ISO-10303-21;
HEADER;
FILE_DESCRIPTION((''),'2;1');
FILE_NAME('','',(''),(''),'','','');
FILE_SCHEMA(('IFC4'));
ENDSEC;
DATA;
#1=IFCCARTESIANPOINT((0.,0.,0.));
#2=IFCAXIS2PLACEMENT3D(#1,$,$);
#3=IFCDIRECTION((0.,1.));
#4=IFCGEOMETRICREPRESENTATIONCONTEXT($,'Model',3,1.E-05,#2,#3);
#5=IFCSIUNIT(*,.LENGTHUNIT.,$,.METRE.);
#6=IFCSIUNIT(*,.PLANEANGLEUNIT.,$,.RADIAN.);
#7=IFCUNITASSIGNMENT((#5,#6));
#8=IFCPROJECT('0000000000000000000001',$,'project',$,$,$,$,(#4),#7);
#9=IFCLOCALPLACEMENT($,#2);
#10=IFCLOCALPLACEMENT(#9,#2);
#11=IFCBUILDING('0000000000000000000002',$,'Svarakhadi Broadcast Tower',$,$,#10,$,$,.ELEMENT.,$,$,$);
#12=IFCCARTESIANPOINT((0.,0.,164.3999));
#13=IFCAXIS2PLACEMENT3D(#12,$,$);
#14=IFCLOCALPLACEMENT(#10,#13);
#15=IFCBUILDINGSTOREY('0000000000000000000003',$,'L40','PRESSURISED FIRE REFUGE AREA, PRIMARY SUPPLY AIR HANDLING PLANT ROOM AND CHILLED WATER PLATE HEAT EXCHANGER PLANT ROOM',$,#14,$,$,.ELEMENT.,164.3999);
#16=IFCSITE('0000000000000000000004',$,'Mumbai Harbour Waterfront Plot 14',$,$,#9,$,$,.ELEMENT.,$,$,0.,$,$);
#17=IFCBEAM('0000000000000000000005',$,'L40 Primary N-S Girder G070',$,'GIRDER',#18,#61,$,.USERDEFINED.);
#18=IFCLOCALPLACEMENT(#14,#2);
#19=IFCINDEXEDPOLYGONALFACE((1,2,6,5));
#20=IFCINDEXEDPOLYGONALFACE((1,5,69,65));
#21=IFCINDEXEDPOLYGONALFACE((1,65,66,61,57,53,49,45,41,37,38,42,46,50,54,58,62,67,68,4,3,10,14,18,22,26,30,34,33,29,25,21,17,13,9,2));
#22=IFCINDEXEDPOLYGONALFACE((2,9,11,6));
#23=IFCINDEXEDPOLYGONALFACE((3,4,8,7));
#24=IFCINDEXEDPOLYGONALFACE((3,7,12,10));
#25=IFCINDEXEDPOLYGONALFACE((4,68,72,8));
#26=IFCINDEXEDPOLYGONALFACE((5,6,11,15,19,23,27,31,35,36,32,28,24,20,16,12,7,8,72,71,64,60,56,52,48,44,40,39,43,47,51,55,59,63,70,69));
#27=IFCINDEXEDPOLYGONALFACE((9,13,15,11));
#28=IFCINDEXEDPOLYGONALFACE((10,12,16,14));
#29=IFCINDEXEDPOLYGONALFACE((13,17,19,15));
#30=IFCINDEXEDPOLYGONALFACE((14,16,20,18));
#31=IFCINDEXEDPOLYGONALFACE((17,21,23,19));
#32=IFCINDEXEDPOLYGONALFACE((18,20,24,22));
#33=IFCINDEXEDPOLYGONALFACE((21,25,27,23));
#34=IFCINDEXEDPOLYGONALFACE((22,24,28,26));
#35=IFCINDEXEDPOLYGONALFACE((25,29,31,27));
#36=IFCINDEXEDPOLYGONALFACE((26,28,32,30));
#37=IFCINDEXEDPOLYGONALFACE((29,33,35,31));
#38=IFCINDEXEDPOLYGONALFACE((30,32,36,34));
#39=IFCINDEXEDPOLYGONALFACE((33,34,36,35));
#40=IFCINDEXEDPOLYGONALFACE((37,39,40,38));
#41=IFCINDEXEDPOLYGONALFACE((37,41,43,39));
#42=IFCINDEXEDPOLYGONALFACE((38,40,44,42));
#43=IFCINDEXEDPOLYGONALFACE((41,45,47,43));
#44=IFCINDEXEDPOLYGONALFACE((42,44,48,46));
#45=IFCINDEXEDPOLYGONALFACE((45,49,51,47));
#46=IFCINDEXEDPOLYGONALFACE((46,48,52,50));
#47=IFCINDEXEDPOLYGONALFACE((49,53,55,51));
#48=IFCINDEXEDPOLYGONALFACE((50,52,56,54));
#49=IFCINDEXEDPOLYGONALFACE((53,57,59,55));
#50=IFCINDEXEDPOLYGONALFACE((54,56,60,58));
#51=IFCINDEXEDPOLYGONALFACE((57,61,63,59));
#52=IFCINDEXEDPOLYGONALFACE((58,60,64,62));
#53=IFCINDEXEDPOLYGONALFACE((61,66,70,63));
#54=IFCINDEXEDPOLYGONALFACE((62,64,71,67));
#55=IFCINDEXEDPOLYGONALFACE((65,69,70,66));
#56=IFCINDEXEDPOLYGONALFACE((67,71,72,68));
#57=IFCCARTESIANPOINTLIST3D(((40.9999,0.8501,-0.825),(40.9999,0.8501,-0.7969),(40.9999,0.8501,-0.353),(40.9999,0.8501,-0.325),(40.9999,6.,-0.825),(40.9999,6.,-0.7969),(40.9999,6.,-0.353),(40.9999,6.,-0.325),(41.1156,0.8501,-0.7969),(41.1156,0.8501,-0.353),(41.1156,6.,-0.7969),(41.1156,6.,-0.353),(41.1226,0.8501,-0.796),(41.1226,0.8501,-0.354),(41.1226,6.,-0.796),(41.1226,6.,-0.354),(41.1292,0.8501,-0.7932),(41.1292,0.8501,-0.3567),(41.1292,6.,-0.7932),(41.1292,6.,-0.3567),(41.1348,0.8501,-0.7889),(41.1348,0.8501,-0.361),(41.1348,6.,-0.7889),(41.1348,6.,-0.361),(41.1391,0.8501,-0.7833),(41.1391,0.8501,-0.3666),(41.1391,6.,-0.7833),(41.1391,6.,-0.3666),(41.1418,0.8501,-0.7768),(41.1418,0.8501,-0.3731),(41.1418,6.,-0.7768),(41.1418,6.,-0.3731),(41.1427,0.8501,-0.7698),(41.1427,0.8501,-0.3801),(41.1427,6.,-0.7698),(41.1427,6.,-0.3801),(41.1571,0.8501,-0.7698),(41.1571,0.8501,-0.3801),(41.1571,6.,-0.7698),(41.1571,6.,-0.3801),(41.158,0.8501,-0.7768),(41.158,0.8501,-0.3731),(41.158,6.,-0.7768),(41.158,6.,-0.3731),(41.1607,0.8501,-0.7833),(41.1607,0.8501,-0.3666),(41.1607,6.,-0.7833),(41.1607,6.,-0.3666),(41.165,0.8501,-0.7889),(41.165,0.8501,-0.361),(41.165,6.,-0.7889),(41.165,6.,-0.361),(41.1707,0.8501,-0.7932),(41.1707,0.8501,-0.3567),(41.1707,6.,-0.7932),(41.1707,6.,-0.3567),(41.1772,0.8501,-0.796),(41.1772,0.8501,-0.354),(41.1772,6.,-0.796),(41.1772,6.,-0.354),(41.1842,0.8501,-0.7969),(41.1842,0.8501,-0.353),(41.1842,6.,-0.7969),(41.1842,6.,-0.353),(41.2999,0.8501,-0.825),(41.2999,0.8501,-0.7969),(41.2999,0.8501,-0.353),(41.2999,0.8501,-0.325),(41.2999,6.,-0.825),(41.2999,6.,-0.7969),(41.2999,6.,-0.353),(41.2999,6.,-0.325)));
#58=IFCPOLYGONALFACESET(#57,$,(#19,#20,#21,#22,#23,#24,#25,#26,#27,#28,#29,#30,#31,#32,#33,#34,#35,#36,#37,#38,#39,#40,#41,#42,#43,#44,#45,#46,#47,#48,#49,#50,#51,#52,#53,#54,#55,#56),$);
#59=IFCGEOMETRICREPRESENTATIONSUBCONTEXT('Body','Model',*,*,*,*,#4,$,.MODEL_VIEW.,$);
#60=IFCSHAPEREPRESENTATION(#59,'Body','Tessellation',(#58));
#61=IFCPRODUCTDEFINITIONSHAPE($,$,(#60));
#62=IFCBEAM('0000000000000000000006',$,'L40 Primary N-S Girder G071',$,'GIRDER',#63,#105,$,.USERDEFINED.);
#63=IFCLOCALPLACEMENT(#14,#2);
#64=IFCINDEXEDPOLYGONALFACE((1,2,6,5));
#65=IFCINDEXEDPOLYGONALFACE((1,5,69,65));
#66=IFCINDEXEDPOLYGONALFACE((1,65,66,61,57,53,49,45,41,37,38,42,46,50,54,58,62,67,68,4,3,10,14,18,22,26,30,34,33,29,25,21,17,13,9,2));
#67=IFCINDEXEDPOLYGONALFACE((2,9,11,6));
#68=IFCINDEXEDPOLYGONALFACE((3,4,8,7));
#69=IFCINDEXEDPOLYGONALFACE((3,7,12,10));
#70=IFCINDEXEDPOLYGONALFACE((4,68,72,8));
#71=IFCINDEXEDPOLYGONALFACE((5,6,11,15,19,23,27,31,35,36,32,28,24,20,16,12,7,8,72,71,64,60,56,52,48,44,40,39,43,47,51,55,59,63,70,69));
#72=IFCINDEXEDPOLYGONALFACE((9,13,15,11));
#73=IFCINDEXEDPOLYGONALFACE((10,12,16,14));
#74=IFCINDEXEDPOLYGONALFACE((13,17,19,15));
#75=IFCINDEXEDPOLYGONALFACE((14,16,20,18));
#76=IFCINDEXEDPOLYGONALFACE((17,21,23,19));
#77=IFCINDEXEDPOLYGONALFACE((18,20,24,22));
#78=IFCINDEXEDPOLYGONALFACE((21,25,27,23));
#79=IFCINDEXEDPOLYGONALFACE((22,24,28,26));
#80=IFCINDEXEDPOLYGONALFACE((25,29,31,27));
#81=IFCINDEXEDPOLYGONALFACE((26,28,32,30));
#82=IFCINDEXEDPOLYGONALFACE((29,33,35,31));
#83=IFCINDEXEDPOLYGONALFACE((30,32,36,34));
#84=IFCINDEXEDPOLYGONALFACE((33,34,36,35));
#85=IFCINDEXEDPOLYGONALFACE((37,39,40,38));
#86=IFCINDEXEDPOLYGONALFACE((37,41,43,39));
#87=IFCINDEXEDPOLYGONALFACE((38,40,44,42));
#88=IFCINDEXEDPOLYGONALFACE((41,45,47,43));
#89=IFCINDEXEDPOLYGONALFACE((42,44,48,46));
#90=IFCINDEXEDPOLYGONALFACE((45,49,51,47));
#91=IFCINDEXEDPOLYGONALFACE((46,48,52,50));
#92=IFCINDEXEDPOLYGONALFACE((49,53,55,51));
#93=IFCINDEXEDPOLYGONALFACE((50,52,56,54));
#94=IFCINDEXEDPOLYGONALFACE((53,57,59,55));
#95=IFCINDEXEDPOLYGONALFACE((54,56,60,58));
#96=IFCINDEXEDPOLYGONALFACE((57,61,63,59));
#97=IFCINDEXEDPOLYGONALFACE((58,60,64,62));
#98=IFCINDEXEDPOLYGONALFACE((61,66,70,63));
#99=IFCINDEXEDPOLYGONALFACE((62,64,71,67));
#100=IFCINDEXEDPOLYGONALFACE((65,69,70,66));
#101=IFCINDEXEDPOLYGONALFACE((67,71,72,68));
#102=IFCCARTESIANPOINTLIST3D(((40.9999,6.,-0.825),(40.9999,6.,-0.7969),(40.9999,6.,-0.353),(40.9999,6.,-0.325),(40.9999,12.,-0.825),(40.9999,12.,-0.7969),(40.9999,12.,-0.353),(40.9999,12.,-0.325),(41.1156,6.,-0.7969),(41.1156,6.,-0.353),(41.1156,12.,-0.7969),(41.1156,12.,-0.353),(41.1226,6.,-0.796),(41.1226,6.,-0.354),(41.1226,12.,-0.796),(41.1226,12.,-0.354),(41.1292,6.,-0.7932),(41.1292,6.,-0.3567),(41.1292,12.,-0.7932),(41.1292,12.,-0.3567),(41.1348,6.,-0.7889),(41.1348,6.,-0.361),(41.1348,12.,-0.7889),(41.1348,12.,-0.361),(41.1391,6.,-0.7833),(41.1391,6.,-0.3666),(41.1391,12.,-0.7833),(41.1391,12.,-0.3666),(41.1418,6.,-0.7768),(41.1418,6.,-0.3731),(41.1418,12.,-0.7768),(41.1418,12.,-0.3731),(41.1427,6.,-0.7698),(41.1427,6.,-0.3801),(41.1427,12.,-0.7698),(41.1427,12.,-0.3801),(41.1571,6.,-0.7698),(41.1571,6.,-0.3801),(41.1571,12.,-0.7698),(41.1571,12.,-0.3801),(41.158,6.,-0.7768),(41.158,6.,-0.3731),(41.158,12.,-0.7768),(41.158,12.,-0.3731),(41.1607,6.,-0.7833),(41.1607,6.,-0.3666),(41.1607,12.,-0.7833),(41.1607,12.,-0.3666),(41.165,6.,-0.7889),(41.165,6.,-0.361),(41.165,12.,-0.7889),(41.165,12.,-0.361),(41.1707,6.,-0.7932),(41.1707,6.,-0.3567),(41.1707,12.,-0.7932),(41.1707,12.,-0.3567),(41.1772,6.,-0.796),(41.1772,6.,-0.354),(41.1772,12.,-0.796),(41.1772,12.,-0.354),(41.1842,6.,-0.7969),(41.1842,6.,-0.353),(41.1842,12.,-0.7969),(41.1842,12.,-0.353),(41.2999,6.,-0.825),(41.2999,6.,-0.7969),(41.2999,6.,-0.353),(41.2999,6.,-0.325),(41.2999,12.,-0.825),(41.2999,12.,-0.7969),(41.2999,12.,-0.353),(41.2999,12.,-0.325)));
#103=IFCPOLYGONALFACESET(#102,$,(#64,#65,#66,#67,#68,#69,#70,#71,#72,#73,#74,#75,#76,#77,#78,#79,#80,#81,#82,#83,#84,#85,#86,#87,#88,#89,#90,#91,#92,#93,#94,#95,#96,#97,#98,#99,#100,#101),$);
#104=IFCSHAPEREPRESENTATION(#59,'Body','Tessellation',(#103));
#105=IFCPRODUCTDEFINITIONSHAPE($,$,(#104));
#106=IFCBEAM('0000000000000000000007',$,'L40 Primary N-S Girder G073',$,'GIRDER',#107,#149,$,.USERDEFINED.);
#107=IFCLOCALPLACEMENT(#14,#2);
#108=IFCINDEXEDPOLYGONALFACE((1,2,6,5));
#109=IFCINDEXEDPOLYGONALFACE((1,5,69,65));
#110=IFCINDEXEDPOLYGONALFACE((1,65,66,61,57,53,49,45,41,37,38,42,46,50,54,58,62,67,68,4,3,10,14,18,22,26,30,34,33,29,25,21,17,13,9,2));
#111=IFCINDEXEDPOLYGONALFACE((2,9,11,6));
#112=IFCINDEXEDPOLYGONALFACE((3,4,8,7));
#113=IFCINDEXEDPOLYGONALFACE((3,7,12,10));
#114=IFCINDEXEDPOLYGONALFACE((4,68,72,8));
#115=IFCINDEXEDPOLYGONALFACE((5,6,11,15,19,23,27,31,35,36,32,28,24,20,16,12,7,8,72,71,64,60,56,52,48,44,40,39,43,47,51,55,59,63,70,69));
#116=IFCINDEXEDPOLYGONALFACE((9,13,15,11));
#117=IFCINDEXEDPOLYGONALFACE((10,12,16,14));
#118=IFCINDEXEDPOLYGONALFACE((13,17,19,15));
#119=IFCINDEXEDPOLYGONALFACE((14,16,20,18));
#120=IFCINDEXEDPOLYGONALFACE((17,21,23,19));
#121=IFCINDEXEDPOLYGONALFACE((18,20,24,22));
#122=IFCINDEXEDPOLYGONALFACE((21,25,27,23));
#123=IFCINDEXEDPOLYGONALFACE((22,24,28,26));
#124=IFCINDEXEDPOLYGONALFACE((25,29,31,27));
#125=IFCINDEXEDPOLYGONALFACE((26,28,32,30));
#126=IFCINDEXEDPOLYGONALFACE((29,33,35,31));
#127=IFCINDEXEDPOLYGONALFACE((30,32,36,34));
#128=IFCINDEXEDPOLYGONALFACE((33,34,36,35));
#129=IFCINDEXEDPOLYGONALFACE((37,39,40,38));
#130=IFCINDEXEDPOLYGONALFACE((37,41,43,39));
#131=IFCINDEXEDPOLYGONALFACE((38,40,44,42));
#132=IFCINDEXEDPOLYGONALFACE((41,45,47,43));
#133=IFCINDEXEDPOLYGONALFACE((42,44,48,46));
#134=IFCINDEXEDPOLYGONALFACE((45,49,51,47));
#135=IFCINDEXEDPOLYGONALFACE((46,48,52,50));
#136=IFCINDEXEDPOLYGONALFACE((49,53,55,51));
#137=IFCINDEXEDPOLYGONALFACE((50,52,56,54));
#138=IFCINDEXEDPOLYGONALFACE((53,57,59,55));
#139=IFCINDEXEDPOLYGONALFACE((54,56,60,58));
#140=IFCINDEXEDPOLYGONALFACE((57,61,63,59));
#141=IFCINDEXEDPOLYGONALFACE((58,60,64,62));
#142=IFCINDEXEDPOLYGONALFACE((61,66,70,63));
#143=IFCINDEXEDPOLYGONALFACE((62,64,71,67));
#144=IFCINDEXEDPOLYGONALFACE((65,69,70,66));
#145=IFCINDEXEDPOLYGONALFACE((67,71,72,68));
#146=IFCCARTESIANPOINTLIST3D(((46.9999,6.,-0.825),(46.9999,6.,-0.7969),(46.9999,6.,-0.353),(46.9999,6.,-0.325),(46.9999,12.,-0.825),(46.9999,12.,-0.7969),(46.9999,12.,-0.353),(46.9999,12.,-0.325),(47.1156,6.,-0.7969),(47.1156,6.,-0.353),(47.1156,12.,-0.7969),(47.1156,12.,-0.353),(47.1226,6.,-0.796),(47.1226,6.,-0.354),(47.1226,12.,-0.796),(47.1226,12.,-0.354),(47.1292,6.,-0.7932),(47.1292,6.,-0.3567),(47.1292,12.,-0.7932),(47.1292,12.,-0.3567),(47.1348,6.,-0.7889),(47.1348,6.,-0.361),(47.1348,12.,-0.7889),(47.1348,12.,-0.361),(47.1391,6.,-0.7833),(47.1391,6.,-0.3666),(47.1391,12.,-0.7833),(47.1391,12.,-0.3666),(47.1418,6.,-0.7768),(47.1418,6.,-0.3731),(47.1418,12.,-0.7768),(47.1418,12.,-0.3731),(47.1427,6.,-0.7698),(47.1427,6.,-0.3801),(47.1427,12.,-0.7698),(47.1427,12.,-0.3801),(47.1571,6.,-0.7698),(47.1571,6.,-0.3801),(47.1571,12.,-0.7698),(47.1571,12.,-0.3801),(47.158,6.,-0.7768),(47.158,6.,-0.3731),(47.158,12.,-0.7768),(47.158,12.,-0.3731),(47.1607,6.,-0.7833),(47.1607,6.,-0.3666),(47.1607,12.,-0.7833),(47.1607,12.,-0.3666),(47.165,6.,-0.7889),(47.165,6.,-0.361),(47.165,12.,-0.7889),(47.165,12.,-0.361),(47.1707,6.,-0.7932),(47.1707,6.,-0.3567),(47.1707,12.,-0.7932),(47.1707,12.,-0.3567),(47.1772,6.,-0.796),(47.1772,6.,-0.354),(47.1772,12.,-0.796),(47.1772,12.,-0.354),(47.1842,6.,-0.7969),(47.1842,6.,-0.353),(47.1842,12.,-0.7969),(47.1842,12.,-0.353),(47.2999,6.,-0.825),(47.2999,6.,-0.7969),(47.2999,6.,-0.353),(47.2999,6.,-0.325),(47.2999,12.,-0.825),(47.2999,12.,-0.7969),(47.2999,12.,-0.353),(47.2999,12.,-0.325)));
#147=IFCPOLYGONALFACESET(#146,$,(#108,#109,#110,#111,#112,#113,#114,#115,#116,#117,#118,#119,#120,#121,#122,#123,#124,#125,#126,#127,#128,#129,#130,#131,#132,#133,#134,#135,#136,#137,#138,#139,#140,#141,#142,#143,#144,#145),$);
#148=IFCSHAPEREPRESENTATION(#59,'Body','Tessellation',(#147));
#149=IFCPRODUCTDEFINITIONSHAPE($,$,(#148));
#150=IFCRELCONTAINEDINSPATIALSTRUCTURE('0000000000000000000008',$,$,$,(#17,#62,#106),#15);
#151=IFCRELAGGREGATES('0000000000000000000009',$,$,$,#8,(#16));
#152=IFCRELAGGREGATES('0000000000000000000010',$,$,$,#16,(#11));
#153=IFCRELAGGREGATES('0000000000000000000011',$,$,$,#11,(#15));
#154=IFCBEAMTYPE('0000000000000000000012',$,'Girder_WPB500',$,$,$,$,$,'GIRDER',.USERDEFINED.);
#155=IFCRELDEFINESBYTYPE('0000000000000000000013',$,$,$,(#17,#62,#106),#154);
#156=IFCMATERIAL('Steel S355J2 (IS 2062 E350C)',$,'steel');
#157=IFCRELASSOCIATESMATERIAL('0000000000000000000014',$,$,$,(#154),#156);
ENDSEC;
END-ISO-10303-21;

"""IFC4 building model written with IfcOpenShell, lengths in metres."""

from ifc_helpers import new_model, si_unit, direction, frame, origin, origin_2d, place, context, subcontext, project, spatial, i_section, extrude, material, material_profile, profile_set, type_object, element, save


model = new_model("IFC4")

# Units and contexts
model_context = context("Model", 3, precision=1e-05, world=origin(), true_north=direction((0.0, 1.0)))
body_context = subcontext(model_context, "Body", "Model", "MODEL_VIEW")
ifc_project = project(units=[si_unit("LENGTHUNIT", "METRE"), si_unit("PLANEANGLEUNIT", "RADIAN")], contexts=[model_context])

# Site, building, storey
site_placement = place(None, origin())
site = spatial("IfcSite", under=ifc_project, at=site_placement, Name="Mumbai Harbour Waterfront Plot 14", CompositionType="ELEMENT", RefElevation=0.0)
building_placement = place(site_placement, origin())
building = spatial("IfcBuilding", under=site, at=building_placement, Name="Svarakhadi Broadcast Tower", CompositionType="ELEMENT")
storey_placement = place(building_placement, frame((0.0, 0.0, 164.3999)))
storey = spatial("IfcBuildingStorey", under=building, at=storey_placement, Name="L40", Description="PRESSURISED FIRE REFUGE AREA, PRIMARY SUPPLY AIR HANDLING PLANT ROOM AND CHILLED WATER PLATE HEAT EXCHANGER PLANT ROOM", CompositionType="ELEMENT", Elevation=164.3999)

# Shared definitions
ifc_material_1 = material(Name="Steel S355J2 (IS 2062 E350C)", Category="steel")

# Beams
ifc_material_profile_1 = material_profile(ifc_material_1, i_section(OverallWidth=0.3, OverallDepth=0.5, WebThickness=0.0144, FlangeThickness=0.0281, FilletRadius=0.0271, at=origin_2d()), Name="WPB 500x300x187")
ifc_profile_set_1 = profile_set([ifc_material_profile_1], Name="Steel S355J2 (IS 2062 E350C)")
beam_type_1 = type_object("IfcBeamType", Name="Girder_WPB500", ElementType="GIRDER", PredefinedType="USERDEFINED", material=ifc_profile_set_1)
beam_1_placement = place(storey_placement, frame((41.1499, 0.8501, -0.575), z_axis=(0.0, 1.0, 0.0), x_axis=(-1.0, 0.0, 0.0)))
element("IfcBeam", 1, at=beam_1_placement, inside=storey, type_object=beam_type_1, Name="L40 Primary N-S Girder G070", ObjectType="GIRDER", PredefinedType="USERDEFINED", context=body_context, shape_type="SweptSolid", body=[
    extrude(i_section(OverallWidth=0.3, OverallDepth=0.5, WebThickness=0.0144, FlangeThickness=0.0281, FilletRadius=0.0271, at=origin_2d()), origin(), (0.0, 0.0, 1.0), 5.1499),
])
for number, where, z_axis, x_axis, name in (
    (2, (41.1499, 6.0, -0.575), (0.0, 1.0, 0.0), (-1.0, 0.0, 0.0), "L40 Primary N-S Girder G071"),
    (3, (47.1499, 6.0, -0.575), (0.0, 1.0, 0.0), (-1.0, 0.0, 0.0), "L40 Primary N-S Girder G073"),
):
    element("IfcBeam", number, at=place(storey_placement, frame(where, z_axis=z_axis, x_axis=x_axis)), inside=storey, type_object=beam_type_1, Name=name, ObjectType="GIRDER", PredefinedType="USERDEFINED", context=body_context, shape_type="SweptSolid", body=[
        extrude(i_section(OverallWidth=0.3, OverallDepth=0.5, WebThickness=0.0144, FlangeThickness=0.0281, FilletRadius=0.0271, at=origin_2d()), origin(), (0.0, 0.0, 1.0), 6.0),
    ])

save(model, "model.ifc")
